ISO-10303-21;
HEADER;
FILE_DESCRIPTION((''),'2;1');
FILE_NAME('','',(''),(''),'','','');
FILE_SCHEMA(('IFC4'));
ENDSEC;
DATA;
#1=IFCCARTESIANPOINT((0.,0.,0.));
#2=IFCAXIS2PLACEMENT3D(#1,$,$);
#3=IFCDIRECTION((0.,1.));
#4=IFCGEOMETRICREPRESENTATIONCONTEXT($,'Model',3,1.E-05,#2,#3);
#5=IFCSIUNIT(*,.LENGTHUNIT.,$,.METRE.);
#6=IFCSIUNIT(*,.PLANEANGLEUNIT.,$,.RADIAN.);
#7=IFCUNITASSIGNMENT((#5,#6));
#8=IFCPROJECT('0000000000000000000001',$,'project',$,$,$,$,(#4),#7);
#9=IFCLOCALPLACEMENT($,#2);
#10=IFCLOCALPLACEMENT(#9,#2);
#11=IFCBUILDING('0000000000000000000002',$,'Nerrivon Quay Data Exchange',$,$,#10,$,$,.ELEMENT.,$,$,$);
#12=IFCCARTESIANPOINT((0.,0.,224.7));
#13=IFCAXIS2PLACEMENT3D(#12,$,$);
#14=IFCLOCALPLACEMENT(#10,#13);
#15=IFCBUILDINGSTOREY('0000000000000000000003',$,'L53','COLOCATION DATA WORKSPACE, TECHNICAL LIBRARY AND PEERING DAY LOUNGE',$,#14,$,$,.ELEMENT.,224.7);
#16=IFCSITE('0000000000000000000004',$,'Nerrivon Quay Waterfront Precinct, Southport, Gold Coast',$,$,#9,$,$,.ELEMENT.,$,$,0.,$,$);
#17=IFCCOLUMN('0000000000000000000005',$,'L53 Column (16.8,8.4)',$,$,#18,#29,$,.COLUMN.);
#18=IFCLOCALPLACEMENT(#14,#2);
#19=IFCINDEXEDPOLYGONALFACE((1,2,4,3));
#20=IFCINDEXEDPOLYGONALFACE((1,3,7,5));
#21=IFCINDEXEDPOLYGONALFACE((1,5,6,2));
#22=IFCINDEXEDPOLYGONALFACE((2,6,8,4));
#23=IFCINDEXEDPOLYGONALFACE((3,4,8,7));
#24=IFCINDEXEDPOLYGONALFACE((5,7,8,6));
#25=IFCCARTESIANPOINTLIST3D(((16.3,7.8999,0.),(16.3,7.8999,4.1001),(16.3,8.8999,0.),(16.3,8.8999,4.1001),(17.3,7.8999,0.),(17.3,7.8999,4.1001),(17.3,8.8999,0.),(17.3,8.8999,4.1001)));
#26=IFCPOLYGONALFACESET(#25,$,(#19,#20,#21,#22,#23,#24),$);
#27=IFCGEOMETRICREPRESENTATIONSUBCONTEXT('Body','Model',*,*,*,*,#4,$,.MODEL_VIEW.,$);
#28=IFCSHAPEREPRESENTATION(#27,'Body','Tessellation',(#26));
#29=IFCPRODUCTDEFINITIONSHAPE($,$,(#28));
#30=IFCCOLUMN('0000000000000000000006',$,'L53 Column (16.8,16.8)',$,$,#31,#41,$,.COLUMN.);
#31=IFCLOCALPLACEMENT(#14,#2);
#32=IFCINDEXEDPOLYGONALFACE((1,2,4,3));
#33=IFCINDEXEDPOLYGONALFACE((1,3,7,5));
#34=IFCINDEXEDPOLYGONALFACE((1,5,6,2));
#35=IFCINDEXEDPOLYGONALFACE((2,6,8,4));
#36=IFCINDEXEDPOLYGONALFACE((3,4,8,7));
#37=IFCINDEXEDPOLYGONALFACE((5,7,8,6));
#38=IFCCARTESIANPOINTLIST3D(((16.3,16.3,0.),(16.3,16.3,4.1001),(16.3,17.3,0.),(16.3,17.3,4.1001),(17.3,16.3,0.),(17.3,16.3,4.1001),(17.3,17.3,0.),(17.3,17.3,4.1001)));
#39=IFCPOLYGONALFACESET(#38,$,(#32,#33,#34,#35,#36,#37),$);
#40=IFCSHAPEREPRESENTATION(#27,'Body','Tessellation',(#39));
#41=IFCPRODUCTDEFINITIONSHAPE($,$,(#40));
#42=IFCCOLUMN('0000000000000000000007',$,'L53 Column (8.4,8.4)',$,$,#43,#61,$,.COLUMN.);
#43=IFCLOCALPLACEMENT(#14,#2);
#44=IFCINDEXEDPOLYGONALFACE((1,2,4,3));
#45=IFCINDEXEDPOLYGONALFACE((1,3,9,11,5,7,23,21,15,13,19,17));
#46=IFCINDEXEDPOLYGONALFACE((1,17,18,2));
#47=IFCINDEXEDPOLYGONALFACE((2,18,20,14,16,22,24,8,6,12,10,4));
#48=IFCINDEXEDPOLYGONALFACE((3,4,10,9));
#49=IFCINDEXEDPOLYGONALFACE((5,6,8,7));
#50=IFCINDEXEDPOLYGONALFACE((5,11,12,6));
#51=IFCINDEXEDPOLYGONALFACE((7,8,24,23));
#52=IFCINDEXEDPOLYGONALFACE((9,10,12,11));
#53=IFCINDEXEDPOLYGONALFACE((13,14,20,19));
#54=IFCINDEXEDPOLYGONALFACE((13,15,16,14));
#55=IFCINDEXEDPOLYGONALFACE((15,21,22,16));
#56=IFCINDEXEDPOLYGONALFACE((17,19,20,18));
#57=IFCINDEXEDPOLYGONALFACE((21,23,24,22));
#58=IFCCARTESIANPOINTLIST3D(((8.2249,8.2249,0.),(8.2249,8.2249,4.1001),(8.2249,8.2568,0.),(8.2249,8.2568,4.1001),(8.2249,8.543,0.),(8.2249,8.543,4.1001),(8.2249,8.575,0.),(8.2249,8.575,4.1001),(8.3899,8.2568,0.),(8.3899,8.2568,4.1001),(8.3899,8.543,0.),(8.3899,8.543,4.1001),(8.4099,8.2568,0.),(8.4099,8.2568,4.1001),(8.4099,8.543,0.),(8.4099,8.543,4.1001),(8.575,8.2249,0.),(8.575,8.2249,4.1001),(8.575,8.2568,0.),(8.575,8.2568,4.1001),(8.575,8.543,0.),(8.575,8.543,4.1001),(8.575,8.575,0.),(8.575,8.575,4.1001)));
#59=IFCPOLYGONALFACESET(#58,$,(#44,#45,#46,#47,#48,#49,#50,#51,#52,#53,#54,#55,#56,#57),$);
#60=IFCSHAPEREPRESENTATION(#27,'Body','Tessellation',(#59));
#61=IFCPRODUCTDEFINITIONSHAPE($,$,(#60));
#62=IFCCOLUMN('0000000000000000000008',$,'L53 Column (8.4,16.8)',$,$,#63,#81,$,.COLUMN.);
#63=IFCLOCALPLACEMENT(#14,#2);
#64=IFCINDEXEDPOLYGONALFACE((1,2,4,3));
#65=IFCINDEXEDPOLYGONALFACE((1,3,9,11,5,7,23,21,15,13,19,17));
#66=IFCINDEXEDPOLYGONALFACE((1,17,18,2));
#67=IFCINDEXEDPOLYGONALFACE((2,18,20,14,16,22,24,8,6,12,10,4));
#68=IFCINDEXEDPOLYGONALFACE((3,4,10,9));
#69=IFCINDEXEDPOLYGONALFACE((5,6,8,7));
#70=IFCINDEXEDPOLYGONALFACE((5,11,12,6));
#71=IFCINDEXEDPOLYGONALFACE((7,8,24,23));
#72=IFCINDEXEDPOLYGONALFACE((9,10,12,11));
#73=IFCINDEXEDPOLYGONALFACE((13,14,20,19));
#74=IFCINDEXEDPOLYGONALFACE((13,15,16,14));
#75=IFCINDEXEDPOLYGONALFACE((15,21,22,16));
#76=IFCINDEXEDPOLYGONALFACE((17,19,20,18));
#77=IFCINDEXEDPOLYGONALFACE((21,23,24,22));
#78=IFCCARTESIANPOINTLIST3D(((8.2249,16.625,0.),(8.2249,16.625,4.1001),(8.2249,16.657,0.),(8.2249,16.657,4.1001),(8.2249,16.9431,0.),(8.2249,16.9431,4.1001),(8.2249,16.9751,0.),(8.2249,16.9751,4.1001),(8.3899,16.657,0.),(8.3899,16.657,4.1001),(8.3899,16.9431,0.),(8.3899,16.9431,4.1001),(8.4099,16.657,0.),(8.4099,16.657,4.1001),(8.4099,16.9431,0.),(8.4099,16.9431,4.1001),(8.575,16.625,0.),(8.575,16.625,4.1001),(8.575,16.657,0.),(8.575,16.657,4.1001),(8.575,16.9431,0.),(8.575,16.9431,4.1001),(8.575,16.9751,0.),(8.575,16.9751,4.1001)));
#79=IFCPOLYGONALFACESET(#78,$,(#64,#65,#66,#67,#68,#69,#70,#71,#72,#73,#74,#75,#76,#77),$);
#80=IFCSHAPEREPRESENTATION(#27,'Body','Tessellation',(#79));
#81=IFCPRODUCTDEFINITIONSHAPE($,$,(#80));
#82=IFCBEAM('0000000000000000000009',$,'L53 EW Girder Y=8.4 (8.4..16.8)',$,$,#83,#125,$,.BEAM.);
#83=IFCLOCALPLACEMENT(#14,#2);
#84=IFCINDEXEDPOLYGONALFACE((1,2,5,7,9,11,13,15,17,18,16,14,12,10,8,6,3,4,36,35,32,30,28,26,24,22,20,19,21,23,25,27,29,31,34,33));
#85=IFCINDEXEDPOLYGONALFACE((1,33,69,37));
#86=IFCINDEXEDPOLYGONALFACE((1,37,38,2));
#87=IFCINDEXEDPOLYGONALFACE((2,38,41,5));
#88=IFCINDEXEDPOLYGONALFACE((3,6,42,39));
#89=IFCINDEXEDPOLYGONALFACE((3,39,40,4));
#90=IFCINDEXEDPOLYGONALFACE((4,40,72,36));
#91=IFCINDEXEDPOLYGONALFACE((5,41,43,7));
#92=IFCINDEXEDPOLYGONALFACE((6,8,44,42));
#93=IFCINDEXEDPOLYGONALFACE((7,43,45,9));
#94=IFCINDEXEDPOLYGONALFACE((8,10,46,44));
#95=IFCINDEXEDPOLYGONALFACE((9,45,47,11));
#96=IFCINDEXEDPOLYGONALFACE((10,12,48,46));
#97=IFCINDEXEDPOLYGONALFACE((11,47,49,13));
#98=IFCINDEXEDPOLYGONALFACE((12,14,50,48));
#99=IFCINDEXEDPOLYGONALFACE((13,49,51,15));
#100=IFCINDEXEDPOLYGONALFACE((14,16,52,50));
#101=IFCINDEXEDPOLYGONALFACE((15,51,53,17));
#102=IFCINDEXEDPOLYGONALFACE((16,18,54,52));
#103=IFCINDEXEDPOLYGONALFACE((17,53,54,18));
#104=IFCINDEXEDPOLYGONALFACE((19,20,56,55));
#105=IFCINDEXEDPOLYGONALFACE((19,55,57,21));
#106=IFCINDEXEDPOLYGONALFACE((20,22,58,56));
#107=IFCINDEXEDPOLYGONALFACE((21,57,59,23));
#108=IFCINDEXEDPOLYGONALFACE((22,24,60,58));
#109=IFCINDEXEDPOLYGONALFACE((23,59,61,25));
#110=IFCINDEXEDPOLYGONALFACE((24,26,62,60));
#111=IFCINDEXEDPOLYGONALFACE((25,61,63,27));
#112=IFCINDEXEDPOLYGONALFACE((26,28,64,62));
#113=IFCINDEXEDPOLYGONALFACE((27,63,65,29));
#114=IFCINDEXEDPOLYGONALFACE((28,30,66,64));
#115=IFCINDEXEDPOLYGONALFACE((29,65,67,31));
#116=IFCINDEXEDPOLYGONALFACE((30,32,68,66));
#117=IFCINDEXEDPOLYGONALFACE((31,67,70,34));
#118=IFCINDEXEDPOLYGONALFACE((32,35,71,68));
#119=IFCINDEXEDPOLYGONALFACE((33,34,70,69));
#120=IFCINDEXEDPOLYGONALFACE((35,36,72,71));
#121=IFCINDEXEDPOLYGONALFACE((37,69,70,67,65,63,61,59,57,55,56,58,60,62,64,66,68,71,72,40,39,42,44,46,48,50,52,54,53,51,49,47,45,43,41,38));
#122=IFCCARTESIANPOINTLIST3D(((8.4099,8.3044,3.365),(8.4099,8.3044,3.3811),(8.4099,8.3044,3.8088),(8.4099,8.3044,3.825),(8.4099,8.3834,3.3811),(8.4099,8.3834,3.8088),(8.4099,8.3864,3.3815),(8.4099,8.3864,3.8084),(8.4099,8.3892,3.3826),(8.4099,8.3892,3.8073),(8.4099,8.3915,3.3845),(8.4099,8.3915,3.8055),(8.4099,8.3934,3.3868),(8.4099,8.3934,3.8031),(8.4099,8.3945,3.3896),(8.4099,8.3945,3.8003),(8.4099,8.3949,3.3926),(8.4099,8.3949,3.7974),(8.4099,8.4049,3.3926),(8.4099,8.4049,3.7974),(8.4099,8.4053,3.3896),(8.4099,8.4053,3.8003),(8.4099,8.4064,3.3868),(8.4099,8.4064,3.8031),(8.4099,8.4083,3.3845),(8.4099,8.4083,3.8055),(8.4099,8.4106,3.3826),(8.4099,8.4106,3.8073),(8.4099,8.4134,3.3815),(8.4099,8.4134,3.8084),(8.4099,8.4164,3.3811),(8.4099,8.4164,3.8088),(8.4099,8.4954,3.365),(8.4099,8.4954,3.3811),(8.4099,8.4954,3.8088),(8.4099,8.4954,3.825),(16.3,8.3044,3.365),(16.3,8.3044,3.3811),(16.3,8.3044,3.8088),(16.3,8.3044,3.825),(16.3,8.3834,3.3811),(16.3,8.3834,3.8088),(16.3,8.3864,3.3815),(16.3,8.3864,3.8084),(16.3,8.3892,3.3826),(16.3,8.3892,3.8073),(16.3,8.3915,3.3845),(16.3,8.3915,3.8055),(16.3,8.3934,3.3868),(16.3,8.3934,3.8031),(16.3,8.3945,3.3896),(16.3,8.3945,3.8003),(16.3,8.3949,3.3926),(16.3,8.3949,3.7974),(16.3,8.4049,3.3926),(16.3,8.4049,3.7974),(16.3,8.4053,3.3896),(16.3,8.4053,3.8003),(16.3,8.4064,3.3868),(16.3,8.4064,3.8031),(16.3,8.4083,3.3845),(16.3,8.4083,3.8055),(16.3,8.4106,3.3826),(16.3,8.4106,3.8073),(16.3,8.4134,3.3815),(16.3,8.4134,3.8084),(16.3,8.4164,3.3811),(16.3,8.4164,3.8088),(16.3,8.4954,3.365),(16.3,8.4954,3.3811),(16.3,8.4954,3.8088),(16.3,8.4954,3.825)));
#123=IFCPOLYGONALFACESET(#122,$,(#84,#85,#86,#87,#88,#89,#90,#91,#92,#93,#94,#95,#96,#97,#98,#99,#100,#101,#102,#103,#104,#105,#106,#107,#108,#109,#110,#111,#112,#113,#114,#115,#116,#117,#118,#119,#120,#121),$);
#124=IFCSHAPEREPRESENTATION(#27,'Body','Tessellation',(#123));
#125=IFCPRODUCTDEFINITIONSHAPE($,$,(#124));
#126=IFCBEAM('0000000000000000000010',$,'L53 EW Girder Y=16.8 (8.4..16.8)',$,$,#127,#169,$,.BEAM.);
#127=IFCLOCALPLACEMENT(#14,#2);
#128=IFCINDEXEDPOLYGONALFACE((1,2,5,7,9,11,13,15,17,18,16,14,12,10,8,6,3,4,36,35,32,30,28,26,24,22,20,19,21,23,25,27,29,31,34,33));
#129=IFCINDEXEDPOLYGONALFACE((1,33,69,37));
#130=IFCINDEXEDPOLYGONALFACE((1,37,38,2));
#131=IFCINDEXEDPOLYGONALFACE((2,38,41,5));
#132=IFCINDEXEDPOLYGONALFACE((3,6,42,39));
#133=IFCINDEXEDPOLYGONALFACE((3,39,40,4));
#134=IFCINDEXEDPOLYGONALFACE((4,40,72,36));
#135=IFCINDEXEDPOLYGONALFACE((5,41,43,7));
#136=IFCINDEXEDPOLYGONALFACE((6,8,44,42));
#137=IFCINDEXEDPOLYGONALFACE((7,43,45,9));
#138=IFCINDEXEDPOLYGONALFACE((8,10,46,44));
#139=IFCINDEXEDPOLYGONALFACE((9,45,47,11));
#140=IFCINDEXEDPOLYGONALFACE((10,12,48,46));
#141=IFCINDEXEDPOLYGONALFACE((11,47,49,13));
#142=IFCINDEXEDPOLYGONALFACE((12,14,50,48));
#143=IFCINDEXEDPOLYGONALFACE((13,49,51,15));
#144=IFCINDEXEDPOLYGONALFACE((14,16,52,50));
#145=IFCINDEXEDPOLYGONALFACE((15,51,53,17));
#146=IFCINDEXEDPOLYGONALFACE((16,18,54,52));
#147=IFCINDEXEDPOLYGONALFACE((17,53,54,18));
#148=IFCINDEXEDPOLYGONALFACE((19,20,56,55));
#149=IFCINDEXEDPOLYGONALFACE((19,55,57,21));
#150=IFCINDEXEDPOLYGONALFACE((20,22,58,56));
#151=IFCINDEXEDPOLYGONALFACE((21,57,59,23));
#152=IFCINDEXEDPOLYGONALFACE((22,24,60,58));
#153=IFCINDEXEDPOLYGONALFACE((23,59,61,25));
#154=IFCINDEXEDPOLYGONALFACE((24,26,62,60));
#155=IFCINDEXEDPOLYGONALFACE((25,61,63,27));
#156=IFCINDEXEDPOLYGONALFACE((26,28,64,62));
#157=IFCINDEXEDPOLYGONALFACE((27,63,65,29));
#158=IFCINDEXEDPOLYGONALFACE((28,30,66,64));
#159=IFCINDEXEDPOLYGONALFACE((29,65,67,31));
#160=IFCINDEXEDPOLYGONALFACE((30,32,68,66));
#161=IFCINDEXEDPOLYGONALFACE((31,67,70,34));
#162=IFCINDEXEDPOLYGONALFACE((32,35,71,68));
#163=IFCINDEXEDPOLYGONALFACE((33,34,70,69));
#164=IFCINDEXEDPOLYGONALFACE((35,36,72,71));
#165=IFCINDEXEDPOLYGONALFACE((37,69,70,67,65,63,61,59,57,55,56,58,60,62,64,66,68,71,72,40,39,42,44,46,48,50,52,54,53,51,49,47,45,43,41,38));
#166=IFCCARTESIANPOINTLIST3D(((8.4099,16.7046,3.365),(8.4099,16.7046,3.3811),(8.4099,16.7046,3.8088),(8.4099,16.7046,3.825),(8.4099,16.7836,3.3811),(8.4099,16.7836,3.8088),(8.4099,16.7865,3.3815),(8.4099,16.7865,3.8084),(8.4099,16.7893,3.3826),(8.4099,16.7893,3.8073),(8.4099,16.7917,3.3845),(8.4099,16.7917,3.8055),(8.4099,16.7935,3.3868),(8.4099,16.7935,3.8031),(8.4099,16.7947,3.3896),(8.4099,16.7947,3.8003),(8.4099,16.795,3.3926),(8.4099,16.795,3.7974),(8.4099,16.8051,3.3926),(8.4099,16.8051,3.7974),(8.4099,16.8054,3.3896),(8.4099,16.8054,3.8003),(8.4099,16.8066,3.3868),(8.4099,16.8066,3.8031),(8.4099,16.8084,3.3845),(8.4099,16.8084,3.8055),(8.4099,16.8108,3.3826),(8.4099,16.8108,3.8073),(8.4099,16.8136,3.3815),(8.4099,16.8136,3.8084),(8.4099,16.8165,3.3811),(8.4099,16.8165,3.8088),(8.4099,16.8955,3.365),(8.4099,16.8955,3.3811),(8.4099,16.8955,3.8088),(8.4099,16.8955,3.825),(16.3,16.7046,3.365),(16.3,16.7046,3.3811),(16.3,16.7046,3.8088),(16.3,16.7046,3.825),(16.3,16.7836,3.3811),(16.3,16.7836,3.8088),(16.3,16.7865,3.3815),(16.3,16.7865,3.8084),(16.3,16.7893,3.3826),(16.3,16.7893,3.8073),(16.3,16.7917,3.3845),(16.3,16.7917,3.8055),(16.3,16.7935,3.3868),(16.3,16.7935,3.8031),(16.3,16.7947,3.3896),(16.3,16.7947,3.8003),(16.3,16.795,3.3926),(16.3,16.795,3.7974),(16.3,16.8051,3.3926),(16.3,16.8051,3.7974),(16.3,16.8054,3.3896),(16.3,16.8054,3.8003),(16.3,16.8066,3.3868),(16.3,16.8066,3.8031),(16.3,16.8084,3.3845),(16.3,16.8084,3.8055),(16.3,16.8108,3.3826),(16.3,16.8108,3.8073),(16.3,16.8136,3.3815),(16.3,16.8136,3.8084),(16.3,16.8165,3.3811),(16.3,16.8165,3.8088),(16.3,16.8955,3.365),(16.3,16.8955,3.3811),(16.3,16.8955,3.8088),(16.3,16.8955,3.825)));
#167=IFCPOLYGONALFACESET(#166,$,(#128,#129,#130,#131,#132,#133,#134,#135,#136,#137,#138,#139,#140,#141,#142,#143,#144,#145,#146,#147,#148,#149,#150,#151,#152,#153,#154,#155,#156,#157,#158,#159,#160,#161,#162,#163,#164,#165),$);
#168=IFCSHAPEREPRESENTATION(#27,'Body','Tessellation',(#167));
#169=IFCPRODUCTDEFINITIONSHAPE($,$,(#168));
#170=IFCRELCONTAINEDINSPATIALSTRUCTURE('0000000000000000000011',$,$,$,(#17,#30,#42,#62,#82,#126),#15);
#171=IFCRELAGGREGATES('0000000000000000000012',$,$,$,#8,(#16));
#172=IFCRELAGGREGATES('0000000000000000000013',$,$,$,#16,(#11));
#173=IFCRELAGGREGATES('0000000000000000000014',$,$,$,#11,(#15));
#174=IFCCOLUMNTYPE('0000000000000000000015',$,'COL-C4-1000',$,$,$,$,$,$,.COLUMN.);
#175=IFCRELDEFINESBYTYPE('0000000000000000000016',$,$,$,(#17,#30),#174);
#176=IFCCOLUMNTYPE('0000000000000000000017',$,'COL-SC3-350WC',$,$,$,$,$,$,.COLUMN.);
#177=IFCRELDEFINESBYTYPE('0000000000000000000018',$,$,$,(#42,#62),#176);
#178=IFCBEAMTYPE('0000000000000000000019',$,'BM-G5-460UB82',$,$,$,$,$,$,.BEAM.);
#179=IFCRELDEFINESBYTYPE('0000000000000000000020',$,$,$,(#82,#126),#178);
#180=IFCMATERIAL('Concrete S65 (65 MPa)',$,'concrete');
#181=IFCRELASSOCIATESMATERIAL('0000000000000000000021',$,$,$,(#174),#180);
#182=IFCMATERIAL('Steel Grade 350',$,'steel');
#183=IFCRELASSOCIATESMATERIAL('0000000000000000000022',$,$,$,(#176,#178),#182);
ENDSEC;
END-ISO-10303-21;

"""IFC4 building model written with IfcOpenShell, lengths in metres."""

from ifc_helpers import new_model, si_unit, direction, frame, origin, origin_2d, place, context, subcontext, project, spatial, rectangle, i_section, extrude, material, material_profile, profile_set, type_object, element, save


model = new_model("IFC4")

# Units and contexts
model_context = context("Model", 3, precision=1e-05, world=origin(), true_north=direction((0.0, 1.0)))
body_context = subcontext(model_context, "Body", "Model", "MODEL_VIEW")
ifc_project = project(units=[si_unit("LENGTHUNIT", "METRE"), si_unit("PLANEANGLEUNIT", "RADIAN")], contexts=[model_context])

# Site, building, storey
site_placement = place(None, origin())
site = spatial("IfcSite", under=ifc_project, at=site_placement, Name="Nerrivon Quay Waterfront Precinct, Southport, Gold Coast", CompositionType="ELEMENT", RefElevation=0.0)
building_placement = place(site_placement, origin())
building = spatial("IfcBuilding", under=site, at=building_placement, Name="Nerrivon Quay Data Exchange", CompositionType="ELEMENT")
storey_placement = place(building_placement, frame((0.0, 0.0, 224.7)))
storey = spatial("IfcBuildingStorey", under=building, at=storey_placement, Name="L53", Description="COLOCATION DATA WORKSPACE, TECHNICAL LIBRARY AND PEERING DAY LOUNGE", CompositionType="ELEMENT", Elevation=224.7)

# Columns
ifc_material_1 = material(Name="Concrete S65 (65 MPa)", Category="concrete")
ifc_material_profile_1 = material_profile(ifc_material_1, rectangle(XDim=1.0, YDim=1.0, at=origin_2d()), Name="RC-COL-1000x1000")
ifc_profile_set_1 = profile_set([ifc_material_profile_1], Name="Concrete S65 (65 MPa)")
column_type_1 = type_object("IfcColumnType", Name="COL-C4-1000", PredefinedType="COLUMN", material=ifc_profile_set_1)
for number, where, z_axis, x_axis, name in (
    (1, (16.8, 8.3999, 0.0), (0.0, 0.0, 1.0), (1.0, 0.0, 0.0), "L53 Column (16.8,8.4)"),
    (2, (16.8, 16.8, 0.0), (0.0, 0.0, 1.0), (1.0, 0.0, 0.0), "L53 Column (16.8,16.8)"),
):
    element("IfcColumn", number, at=place(storey_placement, frame(where, z_axis=z_axis, x_axis=x_axis)), inside=storey, type_object=column_type_1, Name=name, PredefinedType="COLUMN", context=body_context, shape_type="SweptSolid", body=[
        extrude(rectangle(XDim=1.0, YDim=1.0, at=origin_2d()), origin(), (0.0, 0.0, 1.0), 4.1001),
    ])
ifc_material_2 = material(Name="Steel Grade 350", Category="steel")
ifc_material_profile_2 = material_profile(ifc_material_2, i_section(OverallWidth=0.3501, OverallDepth=0.3501, WebThickness=0.02, FlangeThickness=0.032, at=origin_2d()), Name="350WC230")
ifc_profile_set_2 = profile_set([ifc_material_profile_2], Name="Steel Grade 350")
column_type_2 = type_object("IfcColumnType", Name="COL-SC3-350WC", PredefinedType="COLUMN", material=ifc_profile_set_2)
for number, where, z_axis, x_axis, name in (
    (3, (8.3999, 8.3999, 0.0), (0.0, 0.0, 1.0), (1.0, 0.0, 0.0), "L53 Column (8.4,8.4)"),
    (4, (8.3999, 16.8, 0.0), (0.0, 0.0, 1.0), (1.0, 0.0, 0.0), "L53 Column (8.4,16.8)"),
):
    element("IfcColumn", number, at=place(storey_placement, frame(where, z_axis=z_axis, x_axis=x_axis)), inside=storey, type_object=column_type_2, Name=name, PredefinedType="COLUMN", context=body_context, shape_type="SweptSolid", body=[
        extrude(i_section(OverallWidth=0.3501, OverallDepth=0.3501, WebThickness=0.02, FlangeThickness=0.032, at=origin_2d()), origin(), (0.0, 0.0, 1.0), 4.1001),
    ])

# Beams
ifc_material_profile_3 = material_profile(ifc_material_2, i_section(OverallWidth=0.1909, OverallDepth=0.46, WebThickness=0.01, FlangeThickness=0.0161, FilletRadius=0.0115, at=origin_2d()), Name="460UB82.1")
ifc_profile_set_3 = profile_set([ifc_material_profile_3], Name="Steel Grade 350")
beam_type_1 = type_object("IfcBeamType", Name="BM-G5-460UB82", PredefinedType="BEAM", material=ifc_profile_set_3)
for number, where, z_axis, x_axis, name in (
    (5, (8.4099, 8.3999, 3.595), (1.0, 0.0, 0.0), (0.0, 1.0, 0.0), "L53 EW Girder Y=8.4 (8.4..16.8)"),
    (6, (8.4099, 16.8, 3.595), (1.0, 0.0, 0.0), (0.0, 1.0, 0.0), "L53 EW Girder Y=16.8 (8.4..16.8)"),
):
    element("IfcBeam", number, at=place(storey_placement, frame(where, z_axis=z_axis, x_axis=x_axis)), inside=storey, type_object=beam_type_1, Name=name, PredefinedType="BEAM", context=body_context, shape_type="SweptSolid", body=[
        extrude(i_section(OverallWidth=0.1909, OverallDepth=0.46, WebThickness=0.01, FlangeThickness=0.0161, FilletRadius=0.0115, at=origin_2d()), origin(), (0.0, 0.0, 1.0), 7.8901),
    ])

save(model, "model.ifc")
